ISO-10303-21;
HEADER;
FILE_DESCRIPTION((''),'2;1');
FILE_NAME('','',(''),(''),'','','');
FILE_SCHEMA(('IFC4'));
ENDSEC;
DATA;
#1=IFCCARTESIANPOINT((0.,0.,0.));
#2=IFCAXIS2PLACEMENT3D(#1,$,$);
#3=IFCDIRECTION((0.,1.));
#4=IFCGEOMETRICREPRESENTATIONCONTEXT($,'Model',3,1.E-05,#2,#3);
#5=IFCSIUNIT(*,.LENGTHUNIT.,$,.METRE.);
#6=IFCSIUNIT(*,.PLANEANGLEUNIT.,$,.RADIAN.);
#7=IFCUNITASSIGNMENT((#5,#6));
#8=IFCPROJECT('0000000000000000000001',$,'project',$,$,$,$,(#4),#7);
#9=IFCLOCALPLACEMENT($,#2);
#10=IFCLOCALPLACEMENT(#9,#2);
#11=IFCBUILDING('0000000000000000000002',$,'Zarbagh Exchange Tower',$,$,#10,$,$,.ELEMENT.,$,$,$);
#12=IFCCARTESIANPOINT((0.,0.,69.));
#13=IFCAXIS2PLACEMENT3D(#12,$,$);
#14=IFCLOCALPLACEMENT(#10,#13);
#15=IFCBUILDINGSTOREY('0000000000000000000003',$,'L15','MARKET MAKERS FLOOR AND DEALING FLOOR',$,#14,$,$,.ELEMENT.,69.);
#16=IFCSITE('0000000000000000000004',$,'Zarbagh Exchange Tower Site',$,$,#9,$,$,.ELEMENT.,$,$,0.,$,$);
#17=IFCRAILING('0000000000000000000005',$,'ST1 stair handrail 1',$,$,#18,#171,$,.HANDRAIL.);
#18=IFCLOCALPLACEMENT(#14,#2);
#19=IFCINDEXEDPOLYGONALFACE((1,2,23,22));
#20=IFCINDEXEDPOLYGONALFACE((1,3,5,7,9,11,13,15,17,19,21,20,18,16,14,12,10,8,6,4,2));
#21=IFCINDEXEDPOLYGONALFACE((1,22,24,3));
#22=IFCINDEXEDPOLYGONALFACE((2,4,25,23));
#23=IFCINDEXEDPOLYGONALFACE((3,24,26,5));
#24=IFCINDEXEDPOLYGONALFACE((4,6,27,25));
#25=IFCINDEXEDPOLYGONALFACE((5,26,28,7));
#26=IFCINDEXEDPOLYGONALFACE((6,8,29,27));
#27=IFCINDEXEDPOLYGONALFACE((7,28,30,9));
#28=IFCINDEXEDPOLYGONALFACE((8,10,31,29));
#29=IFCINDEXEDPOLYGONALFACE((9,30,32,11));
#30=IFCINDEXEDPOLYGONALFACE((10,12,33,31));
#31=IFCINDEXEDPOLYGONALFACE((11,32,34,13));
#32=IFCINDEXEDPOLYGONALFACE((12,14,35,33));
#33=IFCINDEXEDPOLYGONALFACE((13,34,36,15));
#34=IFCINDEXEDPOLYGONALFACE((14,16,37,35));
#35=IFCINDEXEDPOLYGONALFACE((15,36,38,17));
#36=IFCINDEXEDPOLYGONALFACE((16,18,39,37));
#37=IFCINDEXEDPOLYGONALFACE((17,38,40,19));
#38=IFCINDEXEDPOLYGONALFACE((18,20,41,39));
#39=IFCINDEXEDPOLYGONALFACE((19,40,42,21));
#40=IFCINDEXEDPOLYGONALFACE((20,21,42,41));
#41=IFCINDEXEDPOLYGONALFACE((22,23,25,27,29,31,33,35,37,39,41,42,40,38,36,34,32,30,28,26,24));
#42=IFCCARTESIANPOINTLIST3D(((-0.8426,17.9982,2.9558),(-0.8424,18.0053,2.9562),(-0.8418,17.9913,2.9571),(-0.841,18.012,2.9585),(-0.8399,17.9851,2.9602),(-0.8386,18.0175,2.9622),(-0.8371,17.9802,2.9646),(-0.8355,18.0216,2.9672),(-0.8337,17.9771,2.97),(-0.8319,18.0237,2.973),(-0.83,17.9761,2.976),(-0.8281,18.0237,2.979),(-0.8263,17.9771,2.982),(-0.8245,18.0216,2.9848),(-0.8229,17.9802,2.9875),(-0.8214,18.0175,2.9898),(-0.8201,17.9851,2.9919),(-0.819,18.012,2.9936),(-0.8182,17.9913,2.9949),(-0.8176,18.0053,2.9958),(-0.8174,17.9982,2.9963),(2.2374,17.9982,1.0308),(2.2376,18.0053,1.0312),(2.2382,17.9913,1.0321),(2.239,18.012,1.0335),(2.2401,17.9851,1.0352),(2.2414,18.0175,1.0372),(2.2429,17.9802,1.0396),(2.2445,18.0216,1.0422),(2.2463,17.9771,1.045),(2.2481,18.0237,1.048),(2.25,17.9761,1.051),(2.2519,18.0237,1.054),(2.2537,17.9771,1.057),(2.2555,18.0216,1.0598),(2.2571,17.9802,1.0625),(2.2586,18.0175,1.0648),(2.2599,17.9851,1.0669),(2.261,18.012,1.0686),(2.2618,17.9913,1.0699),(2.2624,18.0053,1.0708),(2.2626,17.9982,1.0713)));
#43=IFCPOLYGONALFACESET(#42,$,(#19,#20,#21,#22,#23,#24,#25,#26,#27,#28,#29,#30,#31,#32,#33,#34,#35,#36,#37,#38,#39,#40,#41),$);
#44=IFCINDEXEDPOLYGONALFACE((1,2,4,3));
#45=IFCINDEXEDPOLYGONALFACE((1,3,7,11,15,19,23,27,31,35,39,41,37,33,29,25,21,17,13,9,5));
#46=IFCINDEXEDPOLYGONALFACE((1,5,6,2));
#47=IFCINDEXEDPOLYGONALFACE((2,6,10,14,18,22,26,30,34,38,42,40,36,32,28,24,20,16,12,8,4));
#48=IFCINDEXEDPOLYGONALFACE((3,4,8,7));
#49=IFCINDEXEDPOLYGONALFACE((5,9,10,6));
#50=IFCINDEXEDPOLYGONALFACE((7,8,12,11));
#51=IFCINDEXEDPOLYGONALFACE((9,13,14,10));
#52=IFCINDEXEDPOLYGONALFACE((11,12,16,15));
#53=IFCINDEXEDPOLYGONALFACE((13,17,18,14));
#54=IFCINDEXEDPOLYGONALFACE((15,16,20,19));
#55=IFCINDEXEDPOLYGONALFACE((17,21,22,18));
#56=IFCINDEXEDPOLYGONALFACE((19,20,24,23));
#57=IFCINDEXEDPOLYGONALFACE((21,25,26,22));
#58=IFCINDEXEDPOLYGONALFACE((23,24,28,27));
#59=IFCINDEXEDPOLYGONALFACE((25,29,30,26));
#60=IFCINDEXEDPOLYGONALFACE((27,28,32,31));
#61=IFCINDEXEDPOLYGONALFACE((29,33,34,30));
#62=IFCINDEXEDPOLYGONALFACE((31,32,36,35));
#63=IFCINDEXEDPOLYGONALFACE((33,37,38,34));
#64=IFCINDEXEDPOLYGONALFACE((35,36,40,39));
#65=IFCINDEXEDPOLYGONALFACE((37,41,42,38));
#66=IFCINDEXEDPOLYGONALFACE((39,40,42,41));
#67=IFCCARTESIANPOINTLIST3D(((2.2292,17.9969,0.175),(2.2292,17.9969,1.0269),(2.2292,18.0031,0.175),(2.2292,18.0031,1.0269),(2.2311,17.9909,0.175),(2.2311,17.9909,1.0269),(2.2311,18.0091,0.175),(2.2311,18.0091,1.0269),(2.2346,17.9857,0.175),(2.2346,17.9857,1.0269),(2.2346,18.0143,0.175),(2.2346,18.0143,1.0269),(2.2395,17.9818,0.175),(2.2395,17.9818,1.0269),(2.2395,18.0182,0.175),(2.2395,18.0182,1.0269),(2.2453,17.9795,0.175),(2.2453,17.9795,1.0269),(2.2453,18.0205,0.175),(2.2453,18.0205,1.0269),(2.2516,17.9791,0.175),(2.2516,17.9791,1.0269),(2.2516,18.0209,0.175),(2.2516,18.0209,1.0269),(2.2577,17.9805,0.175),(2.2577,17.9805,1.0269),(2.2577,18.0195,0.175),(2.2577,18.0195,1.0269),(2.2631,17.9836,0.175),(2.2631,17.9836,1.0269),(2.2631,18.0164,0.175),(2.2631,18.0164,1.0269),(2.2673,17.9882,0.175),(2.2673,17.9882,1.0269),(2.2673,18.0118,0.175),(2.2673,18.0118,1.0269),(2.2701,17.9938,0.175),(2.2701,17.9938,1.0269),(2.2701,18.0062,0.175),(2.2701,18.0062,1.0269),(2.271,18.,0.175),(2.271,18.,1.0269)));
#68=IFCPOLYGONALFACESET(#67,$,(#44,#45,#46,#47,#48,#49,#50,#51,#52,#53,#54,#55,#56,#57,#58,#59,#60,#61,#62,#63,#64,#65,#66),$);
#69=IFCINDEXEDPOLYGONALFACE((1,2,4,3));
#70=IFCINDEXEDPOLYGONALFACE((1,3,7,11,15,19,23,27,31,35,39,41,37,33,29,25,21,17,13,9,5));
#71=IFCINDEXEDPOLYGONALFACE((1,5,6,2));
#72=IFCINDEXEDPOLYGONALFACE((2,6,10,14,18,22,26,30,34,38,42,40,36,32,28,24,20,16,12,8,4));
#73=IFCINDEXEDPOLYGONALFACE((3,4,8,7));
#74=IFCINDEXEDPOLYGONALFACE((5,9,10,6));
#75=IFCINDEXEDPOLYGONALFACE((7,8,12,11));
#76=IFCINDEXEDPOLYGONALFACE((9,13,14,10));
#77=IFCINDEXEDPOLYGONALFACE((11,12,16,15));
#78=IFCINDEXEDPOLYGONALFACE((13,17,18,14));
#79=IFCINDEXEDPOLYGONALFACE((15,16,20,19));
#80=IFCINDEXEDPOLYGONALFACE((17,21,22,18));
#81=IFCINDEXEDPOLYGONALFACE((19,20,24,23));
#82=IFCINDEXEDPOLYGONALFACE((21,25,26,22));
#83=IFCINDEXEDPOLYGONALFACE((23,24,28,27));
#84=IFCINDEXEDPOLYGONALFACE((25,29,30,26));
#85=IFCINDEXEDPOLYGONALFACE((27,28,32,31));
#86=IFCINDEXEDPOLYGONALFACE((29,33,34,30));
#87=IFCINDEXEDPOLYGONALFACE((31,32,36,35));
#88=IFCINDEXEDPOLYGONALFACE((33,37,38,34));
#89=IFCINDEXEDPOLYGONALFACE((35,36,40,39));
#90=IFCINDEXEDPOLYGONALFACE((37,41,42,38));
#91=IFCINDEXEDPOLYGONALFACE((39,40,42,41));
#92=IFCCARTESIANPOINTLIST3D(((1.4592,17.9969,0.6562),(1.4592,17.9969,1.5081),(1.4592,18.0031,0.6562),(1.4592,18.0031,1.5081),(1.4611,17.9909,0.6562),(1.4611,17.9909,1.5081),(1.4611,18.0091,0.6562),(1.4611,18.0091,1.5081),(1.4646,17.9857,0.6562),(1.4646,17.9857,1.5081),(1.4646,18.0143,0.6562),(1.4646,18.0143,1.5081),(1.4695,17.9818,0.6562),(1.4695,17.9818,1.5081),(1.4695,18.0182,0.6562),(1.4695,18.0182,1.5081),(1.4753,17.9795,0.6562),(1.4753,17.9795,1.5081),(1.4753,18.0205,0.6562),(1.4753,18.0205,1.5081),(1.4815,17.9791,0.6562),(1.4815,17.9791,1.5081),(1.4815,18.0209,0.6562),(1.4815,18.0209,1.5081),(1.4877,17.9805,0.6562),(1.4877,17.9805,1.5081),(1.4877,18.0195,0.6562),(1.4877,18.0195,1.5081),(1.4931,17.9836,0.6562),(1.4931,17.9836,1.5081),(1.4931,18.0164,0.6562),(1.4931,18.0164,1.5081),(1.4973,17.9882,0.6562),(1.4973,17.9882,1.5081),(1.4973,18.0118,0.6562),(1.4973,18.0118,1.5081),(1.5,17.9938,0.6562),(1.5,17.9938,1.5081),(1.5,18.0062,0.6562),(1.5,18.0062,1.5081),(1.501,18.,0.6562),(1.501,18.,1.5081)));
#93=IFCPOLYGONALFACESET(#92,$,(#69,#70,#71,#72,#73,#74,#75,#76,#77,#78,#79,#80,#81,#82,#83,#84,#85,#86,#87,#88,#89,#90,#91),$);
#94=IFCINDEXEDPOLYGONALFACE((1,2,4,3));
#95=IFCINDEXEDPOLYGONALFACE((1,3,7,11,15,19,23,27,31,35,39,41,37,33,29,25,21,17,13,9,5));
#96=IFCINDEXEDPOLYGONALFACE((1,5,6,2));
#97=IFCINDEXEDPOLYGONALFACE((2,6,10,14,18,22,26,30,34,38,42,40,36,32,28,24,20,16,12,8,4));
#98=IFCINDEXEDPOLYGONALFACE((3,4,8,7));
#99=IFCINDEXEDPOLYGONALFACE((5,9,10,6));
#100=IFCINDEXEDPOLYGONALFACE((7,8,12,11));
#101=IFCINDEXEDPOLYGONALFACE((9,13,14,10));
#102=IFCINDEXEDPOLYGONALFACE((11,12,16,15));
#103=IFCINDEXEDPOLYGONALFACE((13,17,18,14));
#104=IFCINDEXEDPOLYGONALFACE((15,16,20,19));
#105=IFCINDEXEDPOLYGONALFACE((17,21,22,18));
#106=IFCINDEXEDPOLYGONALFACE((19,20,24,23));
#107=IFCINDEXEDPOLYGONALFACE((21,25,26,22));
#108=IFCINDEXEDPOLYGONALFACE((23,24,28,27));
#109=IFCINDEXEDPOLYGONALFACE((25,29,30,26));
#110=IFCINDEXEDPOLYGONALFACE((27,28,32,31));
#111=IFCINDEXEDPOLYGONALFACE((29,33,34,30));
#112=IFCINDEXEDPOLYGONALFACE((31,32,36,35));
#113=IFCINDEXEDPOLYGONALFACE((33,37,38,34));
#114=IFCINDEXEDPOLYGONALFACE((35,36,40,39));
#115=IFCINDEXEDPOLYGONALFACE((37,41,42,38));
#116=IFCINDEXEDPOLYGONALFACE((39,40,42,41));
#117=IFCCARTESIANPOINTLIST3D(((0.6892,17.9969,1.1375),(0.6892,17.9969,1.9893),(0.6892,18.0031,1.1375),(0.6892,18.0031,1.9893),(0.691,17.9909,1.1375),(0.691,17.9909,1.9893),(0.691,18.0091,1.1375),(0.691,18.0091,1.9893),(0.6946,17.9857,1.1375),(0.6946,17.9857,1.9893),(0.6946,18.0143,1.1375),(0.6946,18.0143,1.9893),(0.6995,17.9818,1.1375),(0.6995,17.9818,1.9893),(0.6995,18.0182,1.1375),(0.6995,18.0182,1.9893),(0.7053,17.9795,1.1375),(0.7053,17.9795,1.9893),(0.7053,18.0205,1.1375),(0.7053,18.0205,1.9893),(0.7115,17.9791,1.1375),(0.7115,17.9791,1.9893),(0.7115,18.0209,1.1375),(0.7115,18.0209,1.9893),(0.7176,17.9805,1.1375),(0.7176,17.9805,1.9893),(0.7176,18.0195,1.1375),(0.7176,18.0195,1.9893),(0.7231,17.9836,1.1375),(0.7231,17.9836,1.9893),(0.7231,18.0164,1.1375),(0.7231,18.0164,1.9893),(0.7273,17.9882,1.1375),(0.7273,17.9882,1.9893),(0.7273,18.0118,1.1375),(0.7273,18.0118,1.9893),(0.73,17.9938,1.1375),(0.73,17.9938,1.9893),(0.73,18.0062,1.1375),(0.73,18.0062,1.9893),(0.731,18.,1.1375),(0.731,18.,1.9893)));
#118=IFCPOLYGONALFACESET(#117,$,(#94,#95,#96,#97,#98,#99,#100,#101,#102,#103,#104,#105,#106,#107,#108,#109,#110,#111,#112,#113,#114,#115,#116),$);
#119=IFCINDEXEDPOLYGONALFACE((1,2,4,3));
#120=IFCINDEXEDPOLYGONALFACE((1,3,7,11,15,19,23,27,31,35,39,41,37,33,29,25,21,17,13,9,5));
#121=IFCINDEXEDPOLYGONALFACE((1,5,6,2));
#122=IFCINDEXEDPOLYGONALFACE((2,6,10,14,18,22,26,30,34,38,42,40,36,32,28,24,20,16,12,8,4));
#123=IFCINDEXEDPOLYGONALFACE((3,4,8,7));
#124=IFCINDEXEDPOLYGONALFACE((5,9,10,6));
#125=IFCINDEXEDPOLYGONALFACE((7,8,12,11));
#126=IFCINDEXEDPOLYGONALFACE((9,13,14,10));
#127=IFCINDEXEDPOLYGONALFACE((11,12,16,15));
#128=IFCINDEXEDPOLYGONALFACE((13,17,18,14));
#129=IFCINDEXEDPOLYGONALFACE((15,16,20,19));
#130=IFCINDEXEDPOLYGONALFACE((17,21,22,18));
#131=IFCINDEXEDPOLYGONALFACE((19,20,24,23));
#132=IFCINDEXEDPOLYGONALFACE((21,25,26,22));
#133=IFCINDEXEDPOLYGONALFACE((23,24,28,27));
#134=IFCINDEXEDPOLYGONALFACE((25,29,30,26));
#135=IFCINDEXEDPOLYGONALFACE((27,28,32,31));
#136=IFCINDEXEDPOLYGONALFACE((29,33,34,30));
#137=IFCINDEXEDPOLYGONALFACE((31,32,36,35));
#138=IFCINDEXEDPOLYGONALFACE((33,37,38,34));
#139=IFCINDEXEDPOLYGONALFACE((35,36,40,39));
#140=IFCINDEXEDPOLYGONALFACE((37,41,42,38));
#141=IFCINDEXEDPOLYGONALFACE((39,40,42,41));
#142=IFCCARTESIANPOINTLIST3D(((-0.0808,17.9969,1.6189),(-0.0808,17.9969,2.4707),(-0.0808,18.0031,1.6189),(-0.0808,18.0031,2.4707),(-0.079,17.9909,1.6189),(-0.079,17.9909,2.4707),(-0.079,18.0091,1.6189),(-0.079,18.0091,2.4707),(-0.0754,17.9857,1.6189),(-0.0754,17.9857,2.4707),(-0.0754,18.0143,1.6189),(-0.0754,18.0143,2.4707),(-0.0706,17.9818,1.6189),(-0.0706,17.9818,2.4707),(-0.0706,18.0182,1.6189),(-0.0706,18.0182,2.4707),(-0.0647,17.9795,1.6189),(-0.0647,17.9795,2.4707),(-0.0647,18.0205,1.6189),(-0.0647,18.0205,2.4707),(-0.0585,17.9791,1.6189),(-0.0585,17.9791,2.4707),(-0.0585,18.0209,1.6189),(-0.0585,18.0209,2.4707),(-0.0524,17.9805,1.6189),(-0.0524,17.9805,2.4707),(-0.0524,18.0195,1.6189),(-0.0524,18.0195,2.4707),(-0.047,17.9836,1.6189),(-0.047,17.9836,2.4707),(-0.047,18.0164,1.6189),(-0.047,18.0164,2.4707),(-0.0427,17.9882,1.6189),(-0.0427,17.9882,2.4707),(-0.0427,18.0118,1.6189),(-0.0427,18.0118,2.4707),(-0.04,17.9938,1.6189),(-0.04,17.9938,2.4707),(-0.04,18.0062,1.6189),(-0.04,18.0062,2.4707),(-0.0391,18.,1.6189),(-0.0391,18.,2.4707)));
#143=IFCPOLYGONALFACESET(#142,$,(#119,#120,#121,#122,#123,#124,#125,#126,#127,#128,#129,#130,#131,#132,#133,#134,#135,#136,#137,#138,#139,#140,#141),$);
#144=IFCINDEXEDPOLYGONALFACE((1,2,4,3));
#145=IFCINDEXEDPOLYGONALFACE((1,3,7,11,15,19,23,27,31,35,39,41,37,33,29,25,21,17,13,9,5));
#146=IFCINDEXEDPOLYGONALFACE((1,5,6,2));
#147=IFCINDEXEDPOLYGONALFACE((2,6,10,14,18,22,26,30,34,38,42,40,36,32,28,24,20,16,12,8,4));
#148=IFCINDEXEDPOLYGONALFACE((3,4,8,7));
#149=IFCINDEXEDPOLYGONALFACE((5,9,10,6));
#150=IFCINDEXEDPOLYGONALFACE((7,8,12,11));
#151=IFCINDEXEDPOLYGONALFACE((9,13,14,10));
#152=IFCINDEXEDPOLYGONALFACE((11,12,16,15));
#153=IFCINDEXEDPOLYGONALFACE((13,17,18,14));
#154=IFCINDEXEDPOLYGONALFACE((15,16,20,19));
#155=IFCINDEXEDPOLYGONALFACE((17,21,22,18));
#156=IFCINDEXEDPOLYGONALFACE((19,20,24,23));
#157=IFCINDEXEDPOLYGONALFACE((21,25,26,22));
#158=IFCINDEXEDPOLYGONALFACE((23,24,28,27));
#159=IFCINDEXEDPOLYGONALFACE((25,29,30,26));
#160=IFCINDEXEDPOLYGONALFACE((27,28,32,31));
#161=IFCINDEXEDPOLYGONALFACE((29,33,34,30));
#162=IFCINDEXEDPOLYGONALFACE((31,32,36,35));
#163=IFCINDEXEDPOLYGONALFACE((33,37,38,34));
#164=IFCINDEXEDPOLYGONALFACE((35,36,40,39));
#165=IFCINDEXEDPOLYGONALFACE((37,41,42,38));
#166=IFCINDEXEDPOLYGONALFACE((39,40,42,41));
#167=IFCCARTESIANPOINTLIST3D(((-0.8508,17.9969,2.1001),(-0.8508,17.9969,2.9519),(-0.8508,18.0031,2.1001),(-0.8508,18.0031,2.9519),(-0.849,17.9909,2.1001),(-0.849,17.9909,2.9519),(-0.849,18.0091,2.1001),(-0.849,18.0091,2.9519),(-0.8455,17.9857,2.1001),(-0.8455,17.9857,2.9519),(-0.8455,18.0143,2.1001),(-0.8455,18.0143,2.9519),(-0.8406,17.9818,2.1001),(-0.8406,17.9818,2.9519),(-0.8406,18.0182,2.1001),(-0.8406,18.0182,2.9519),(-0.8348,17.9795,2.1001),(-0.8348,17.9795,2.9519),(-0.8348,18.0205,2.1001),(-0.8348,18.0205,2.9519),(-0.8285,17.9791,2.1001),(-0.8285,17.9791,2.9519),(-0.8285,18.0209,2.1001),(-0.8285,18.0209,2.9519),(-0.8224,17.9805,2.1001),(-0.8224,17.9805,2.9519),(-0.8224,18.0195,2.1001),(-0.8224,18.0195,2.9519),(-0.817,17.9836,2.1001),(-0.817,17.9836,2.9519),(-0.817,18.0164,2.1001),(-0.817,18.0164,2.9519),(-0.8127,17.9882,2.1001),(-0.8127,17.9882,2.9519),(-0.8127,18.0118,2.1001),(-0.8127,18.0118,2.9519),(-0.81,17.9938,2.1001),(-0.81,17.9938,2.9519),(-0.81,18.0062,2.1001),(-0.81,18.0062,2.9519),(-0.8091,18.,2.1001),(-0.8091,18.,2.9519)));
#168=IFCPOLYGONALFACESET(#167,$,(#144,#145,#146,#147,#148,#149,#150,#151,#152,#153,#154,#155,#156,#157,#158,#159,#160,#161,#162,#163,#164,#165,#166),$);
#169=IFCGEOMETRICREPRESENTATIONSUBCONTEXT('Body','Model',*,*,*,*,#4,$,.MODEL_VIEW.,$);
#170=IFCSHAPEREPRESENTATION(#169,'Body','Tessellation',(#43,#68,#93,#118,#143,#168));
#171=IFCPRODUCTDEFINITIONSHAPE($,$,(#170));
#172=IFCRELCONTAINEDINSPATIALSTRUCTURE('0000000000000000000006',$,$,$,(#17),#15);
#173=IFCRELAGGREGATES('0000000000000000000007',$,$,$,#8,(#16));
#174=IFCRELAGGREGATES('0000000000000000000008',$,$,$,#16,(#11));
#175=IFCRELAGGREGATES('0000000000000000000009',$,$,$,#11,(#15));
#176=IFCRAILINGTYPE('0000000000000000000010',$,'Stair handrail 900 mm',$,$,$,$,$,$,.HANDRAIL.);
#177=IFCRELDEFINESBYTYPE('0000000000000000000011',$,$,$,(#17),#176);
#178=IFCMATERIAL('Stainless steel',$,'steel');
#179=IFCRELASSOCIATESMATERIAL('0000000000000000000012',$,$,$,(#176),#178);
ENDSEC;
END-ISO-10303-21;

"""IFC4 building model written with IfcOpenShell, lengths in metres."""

from ifc_helpers import new_model, si_unit, direction, frame, origin, origin_2d, place, context, subcontext, project, spatial, circle, extrude, material, type_object, element, save


model = new_model("IFC4")

# Units and contexts
model_context = context("Model", 3, precision=1e-05, world=origin(), true_north=direction((0.0, 1.0)))
body_context = subcontext(model_context, "Body", "Model", "MODEL_VIEW")
ifc_project = project(units=[si_unit("LENGTHUNIT", "METRE"), si_unit("PLANEANGLEUNIT", "RADIAN")], contexts=[model_context])

# Site, building, storey
site_placement = place(None, origin())
site = spatial("IfcSite", under=ifc_project, at=site_placement, Name="Zarbagh Exchange Tower Site", CompositionType="ELEMENT", RefElevation=0.0)
building_placement = place(site_placement, origin())
building = spatial("IfcBuilding", under=site, at=building_placement, Name="Zarbagh Exchange Tower", CompositionType="ELEMENT")
storey_placement = place(building_placement, frame((0.0, 0.0, 69.0)))
storey = spatial("IfcBuildingStorey", under=building, at=storey_placement, Name="L15", Description="MARKET MAKERS FLOOR AND DEALING FLOOR", CompositionType="ELEMENT", Elevation=69.0)

# Shared definitions
ifc_material_1 = material(Name="Stainless steel", Category="steel")

# Railing
railing_type = type_object("IfcRailingType", Name="Stair handrail 900 mm", PredefinedType="HANDRAIL", material=ifc_material_1)
railing_placement = place(storey_placement, frame((2.25, 18.0, 0.175)))
element("IfcRailing", 1, at=railing_placement, inside=storey, type_object=railing_type, Name="ST1 stair handrail 1", PredefinedType="HANDRAIL", context=body_context, shape_type="SweptSolid", body=[
    extrude(circle(Radius=0.0239, at=origin_2d()), frame((0.0, 0.0, 0.876), z_axis=(-0.847998, 0.0, 0.529999), x_axis=(0.0, -1.0, 0.0)), (0.0, 0.0, 1.0), 3.6321),
    extrude(circle(Radius=0.021, at=origin_2d()), origin(), (0.0, 0.0, 1.0), 0.8518),
    extrude(circle(Radius=0.021, at=origin_2d()), frame((-0.77, 0.0, 0.4812)), (0.0, 0.0, 1.0), 0.8518),
    extrude(circle(Radius=0.021, at=origin_2d()), frame((-1.54, 0.0, 0.9624)), (0.0, 0.0, 1.0), 0.8518),
    extrude(circle(Radius=0.021, at=origin_2d()), frame((-2.3101, 0.0, 1.4438)), (0.0, 0.0, 1.0), 0.8518),
    extrude(circle(Radius=0.021, at=origin_2d()), frame((-3.0801, 0.0, 1.925)), (0.0, 0.0, 1.0), 0.8518),
])

save(model, "model.ifc")
